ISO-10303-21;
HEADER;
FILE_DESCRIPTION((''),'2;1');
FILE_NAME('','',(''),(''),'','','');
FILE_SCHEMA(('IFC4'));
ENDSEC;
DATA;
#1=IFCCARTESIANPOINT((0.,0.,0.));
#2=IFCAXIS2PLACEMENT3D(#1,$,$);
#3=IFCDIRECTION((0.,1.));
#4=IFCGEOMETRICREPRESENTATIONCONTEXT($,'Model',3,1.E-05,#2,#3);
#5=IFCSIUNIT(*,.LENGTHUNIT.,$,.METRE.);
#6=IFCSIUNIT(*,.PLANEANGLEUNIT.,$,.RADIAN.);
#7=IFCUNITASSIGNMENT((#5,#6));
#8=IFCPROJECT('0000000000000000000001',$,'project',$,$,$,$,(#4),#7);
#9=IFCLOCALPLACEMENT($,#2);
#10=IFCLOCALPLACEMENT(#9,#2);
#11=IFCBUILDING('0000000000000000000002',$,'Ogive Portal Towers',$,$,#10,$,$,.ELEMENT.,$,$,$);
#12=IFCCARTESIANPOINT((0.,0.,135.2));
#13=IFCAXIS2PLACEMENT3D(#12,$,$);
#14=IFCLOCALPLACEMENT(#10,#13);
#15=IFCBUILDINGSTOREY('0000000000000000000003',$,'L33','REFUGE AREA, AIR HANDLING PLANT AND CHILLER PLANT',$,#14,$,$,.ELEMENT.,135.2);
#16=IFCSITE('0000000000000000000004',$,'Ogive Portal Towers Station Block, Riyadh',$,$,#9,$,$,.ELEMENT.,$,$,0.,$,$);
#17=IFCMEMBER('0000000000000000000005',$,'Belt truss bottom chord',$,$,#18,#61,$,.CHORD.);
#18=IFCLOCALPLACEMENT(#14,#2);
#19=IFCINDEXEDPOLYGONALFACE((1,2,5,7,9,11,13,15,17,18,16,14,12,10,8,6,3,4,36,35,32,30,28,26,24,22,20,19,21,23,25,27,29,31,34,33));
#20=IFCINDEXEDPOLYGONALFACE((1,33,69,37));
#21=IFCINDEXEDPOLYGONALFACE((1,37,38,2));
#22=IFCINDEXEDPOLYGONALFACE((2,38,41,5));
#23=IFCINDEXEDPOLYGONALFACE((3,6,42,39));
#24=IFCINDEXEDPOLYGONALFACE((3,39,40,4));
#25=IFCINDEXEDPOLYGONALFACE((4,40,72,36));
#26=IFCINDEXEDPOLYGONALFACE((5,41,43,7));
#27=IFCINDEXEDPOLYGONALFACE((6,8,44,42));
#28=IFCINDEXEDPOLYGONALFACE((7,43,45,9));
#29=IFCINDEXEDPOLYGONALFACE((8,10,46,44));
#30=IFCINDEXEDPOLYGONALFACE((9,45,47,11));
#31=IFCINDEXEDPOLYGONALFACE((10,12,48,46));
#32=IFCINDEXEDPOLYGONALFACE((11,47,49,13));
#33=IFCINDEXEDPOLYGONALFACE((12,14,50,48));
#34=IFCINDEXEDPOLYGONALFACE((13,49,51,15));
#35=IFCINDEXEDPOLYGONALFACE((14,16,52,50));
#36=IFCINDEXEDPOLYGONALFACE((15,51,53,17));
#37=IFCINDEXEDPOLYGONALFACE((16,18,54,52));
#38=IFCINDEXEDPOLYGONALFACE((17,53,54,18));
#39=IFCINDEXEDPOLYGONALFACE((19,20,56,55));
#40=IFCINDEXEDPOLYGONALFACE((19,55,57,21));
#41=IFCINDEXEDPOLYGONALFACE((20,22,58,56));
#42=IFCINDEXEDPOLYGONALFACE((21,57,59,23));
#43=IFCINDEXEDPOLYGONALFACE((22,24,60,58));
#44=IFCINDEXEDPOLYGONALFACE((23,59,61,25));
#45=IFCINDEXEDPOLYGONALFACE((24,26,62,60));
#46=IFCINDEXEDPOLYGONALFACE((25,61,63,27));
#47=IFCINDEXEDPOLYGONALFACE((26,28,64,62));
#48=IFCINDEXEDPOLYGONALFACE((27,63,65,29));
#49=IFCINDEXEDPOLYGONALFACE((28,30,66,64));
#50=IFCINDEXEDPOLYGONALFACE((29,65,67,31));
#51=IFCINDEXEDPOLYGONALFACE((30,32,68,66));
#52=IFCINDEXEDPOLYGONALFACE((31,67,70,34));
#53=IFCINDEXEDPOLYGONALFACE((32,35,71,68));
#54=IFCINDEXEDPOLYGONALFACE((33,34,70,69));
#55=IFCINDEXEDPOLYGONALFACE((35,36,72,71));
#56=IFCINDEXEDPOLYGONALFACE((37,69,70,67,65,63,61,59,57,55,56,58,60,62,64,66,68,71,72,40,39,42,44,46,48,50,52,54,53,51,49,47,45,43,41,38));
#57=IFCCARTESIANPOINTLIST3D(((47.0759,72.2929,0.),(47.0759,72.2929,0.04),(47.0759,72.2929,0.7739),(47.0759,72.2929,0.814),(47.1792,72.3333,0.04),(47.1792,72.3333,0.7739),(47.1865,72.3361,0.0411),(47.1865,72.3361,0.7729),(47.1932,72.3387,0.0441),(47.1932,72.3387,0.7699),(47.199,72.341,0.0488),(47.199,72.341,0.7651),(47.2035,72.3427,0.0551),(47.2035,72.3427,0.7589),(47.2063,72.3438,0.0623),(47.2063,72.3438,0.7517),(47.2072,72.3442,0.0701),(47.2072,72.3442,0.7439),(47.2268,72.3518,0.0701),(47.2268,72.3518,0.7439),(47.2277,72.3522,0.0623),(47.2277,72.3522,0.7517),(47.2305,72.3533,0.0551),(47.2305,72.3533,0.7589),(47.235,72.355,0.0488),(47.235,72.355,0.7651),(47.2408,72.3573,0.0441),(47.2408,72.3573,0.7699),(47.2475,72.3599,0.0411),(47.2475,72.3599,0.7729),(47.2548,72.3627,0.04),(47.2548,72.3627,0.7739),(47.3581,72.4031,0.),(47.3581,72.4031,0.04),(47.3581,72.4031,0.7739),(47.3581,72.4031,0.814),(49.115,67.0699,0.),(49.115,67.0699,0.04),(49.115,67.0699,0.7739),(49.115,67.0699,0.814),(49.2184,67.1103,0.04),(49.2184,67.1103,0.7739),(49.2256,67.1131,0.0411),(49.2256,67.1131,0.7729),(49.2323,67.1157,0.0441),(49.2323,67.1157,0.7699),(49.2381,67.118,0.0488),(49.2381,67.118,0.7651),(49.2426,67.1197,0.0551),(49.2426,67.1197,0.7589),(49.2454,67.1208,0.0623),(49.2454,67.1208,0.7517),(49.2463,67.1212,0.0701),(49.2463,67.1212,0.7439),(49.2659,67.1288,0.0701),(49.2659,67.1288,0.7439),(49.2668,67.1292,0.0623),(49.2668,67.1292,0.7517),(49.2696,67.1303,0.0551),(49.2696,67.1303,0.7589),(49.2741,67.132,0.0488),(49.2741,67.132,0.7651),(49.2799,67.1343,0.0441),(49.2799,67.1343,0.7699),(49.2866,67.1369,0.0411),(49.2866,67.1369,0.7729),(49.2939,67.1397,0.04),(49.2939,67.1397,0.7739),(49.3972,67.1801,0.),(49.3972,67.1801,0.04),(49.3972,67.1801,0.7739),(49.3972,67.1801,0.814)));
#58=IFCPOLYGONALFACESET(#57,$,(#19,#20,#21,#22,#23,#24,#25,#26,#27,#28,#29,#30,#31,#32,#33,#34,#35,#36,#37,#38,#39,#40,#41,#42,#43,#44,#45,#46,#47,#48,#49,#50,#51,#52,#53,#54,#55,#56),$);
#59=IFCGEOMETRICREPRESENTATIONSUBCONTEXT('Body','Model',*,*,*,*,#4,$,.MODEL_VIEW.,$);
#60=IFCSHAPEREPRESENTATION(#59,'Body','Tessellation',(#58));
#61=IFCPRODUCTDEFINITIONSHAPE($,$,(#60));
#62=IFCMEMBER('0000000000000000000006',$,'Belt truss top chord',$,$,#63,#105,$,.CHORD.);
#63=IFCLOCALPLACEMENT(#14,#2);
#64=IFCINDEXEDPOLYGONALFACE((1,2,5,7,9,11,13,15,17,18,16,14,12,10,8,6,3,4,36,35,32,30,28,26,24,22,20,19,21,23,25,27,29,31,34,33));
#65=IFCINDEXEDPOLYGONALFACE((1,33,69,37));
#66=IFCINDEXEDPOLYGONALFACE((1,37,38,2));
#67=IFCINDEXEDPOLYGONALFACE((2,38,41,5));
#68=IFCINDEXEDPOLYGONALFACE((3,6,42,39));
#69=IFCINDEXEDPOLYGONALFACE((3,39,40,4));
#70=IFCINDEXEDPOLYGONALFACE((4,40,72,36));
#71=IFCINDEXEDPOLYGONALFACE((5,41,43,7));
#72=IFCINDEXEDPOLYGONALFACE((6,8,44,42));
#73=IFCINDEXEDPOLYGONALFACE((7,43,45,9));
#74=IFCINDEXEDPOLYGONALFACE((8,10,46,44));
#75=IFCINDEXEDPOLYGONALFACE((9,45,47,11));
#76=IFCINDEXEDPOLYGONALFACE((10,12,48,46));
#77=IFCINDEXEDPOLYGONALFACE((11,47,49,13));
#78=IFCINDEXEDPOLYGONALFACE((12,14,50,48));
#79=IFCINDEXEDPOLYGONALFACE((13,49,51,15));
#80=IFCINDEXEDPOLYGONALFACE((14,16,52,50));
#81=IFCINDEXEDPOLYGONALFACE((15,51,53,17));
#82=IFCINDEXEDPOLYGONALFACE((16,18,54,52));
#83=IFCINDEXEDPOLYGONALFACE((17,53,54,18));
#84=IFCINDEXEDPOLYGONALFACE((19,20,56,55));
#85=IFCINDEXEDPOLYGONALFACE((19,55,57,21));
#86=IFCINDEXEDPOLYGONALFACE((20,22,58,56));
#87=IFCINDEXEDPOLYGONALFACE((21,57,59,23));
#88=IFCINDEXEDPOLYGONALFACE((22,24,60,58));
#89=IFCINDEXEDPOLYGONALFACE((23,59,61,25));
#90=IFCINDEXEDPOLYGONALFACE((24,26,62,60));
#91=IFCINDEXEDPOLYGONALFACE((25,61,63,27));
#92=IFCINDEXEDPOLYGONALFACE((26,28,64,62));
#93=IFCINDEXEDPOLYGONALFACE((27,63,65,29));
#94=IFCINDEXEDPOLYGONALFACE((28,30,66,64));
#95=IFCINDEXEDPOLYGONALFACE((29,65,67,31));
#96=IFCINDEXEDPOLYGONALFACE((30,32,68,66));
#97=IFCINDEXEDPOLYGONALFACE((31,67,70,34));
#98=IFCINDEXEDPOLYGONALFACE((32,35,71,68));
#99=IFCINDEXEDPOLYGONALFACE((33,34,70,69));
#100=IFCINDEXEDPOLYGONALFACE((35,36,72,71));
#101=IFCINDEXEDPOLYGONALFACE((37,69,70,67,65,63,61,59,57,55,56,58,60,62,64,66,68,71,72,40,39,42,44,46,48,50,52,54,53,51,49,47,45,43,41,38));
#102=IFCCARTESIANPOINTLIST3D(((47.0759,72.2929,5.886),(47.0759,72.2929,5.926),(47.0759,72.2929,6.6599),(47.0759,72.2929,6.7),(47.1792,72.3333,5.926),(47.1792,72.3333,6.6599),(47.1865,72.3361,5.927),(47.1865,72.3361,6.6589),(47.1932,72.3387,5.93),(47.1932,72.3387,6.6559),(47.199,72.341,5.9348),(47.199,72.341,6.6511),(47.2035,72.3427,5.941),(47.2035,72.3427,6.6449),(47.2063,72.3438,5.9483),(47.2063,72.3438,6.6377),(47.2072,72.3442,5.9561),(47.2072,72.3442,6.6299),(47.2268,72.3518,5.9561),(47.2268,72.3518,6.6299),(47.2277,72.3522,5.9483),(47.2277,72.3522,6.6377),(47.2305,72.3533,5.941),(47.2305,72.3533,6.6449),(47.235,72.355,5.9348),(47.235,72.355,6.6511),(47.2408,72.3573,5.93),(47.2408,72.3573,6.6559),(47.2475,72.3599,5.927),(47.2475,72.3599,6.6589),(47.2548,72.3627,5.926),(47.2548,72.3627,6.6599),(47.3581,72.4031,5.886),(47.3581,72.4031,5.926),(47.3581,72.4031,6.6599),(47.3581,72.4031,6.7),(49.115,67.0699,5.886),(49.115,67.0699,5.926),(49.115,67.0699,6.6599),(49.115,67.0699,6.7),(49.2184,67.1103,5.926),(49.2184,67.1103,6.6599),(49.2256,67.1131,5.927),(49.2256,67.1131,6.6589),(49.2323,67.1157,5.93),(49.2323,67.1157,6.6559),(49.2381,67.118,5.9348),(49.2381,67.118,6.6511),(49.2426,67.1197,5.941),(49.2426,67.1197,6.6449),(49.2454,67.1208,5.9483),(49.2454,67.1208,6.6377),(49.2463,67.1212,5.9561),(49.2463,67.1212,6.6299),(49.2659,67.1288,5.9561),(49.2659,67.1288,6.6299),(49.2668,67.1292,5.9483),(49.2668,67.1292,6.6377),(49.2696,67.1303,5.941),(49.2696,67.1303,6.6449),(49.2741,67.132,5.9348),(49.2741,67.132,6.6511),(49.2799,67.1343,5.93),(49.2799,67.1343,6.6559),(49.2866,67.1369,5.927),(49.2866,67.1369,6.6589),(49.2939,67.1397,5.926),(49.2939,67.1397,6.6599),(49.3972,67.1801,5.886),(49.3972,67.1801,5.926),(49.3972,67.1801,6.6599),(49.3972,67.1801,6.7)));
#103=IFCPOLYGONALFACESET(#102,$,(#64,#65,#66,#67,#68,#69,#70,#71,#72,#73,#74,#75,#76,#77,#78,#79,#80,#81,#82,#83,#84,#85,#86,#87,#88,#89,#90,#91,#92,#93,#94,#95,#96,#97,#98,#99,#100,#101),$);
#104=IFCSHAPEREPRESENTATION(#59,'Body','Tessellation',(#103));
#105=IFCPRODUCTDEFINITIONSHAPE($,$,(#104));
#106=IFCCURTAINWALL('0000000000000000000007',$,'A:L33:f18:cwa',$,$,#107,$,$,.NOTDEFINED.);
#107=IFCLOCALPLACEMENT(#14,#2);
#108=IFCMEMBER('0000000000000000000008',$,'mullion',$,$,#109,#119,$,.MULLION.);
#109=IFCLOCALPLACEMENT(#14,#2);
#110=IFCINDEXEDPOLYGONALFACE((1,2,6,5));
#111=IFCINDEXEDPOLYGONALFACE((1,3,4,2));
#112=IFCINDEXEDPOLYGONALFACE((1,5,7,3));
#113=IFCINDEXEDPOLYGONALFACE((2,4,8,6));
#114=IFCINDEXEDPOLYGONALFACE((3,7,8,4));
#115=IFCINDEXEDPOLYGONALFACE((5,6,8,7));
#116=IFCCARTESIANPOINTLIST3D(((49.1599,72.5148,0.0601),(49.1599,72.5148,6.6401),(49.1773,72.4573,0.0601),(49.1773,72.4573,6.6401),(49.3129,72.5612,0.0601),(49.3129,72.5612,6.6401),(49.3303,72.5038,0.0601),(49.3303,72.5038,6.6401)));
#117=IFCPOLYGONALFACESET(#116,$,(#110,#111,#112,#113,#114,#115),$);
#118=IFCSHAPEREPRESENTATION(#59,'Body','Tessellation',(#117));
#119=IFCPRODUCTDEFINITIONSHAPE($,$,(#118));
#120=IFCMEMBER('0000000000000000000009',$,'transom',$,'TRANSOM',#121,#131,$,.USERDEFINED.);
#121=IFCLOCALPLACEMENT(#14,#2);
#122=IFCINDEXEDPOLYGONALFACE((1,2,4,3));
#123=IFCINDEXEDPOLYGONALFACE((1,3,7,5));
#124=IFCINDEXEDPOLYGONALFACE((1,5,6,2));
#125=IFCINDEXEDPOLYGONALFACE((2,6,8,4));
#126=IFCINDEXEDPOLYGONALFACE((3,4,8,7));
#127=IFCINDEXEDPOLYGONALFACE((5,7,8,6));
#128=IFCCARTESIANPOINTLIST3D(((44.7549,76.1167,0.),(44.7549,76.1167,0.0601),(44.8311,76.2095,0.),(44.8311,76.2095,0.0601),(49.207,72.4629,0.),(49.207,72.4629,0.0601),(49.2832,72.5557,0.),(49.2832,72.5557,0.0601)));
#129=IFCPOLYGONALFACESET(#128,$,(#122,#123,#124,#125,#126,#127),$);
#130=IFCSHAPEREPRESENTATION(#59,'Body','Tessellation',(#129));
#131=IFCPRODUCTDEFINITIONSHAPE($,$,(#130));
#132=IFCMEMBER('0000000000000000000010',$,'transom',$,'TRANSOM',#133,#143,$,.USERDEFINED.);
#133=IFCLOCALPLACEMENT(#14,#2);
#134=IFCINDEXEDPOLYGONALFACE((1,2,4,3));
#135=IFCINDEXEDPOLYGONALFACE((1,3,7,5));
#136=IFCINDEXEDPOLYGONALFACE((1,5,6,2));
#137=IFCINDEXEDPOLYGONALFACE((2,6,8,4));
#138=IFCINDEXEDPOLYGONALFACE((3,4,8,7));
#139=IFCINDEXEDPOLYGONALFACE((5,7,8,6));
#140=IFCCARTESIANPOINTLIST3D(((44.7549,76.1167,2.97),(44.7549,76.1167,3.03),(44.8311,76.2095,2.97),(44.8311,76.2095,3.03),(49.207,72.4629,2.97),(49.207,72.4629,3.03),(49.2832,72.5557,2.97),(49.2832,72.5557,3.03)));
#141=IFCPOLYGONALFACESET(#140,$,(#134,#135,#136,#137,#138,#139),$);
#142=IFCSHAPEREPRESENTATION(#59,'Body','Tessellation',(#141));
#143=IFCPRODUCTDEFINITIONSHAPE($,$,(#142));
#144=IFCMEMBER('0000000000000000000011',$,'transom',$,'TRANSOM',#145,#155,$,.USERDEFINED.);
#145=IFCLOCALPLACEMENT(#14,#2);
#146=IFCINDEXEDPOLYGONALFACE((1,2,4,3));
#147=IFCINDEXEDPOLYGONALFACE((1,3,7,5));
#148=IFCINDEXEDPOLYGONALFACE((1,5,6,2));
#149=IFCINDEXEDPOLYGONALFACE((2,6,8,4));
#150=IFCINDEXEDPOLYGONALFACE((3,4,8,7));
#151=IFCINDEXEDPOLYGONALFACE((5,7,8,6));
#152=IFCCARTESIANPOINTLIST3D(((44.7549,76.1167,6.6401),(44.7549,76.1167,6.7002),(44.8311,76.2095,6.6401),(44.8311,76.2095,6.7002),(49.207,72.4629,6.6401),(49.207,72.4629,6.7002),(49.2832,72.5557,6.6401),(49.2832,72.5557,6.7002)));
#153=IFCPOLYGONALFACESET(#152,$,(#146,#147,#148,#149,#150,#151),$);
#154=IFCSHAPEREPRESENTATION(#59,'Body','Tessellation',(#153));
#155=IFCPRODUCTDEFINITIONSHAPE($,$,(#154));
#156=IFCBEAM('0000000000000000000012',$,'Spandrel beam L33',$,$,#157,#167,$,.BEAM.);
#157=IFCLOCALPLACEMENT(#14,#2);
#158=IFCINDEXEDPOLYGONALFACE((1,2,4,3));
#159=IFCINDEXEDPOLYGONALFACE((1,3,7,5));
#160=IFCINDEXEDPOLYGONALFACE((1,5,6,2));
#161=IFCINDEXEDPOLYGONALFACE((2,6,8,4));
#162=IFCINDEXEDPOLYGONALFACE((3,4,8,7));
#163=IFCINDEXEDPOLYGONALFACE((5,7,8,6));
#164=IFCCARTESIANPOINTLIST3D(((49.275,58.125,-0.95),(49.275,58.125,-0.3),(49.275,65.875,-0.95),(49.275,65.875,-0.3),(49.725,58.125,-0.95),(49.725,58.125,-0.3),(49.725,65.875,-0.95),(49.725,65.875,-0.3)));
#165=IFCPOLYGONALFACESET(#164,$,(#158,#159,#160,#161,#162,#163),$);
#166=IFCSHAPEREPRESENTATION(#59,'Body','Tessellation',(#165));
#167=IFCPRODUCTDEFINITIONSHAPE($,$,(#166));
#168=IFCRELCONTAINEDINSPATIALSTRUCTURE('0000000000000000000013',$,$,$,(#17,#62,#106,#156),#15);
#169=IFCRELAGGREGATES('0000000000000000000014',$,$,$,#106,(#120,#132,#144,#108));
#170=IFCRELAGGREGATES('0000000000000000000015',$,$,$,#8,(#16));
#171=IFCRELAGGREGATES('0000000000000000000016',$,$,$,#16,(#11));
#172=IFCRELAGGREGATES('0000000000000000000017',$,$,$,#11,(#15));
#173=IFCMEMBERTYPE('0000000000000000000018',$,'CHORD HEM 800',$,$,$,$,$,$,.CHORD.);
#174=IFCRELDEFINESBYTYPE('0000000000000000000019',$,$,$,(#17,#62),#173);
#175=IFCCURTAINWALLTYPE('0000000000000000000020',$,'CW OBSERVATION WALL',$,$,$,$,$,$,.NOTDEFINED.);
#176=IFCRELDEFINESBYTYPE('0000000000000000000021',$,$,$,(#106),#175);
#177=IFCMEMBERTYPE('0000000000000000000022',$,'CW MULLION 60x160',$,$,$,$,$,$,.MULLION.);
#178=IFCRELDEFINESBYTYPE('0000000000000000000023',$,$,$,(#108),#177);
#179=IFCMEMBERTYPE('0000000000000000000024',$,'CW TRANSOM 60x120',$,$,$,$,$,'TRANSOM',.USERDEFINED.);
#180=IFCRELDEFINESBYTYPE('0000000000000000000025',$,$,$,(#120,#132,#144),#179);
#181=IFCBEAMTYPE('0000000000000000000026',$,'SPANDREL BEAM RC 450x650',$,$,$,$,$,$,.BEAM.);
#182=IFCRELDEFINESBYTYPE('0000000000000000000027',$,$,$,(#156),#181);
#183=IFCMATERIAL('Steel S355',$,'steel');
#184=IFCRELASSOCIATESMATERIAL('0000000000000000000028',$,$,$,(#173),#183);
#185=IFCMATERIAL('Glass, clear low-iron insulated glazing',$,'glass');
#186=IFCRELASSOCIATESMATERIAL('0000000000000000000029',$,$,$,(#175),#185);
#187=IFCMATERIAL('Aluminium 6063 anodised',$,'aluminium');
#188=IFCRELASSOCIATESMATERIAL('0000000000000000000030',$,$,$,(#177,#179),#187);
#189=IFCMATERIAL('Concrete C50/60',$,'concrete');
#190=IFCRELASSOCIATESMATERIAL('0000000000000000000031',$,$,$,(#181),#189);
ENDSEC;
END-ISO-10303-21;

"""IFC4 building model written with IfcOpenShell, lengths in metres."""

from ifc_helpers import new_model, si_unit, direction, frame, origin, origin_2d, place, context, subcontext, project, spatial, rectangle, i_section, extrude, material, material_profile, profile_set, type_object, element, aggregate, save


model = new_model("IFC4")

# Units and contexts
model_context = context("Model", 3, precision=1e-05, world=origin(), true_north=direction((0.0, 1.0)))
body_context = subcontext(model_context, "Body", "Model", "MODEL_VIEW")
ifc_project = project(units=[si_unit("LENGTHUNIT", "METRE"), si_unit("PLANEANGLEUNIT", "RADIAN")], contexts=[model_context])

# Site, building, storey
site_placement = place(None, origin())
site = spatial("IfcSite", under=ifc_project, at=site_placement, Name="Ogive Portal Towers Station Block, Riyadh", CompositionType="ELEMENT", RefElevation=0.0)
building_placement = place(site_placement, origin())
building = spatial("IfcBuilding", under=site, at=building_placement, Name="Ogive Portal Towers", CompositionType="ELEMENT")
storey_placement = place(building_placement, frame((0.0, 0.0, 135.2)))
storey = spatial("IfcBuildingStorey", under=building, at=storey_placement, Name="L33", Description="REFUGE AREA, AIR HANDLING PLANT AND CHILLER PLANT", CompositionType="ELEMENT", Elevation=135.2)

# Members
ifc_material_1 = material(Name="Steel S355", Category="steel")
ifc_material_profile_1 = material_profile(ifc_material_1, i_section(OverallWidth=0.303, OverallDepth=0.814, WebThickness=0.021, FlangeThickness=0.04, FilletRadius=0.03, at=origin_2d()), Name="HEM 800")
ifc_profile_set_1 = profile_set([ifc_material_profile_1], Name="Steel S355")
member_type_1 = type_object("IfcMemberType", Name="CHORD HEM 800", PredefinedType="CHORD", material=ifc_profile_set_1)
for number, where, z_axis, x_axis, name in (
    (1, (49.2561, 67.125, 0.407), (-0.363675, 0.931526, 0.0), (-0.931526, -0.363675, 0.0), "Belt truss bottom chord"),
    (2, (49.2561, 67.125, 6.293), (-0.363675, 0.931526, 0.0), (-0.931526, -0.363675, 0.0), "Belt truss top chord"),
):
    element("IfcMember", number, at=place(storey_placement, frame(where, z_axis=z_axis, x_axis=x_axis)), inside=storey, type_object=member_type_1, Name=name, PredefinedType="CHORD", context=body_context, shape_type="SweptSolid", body=[
        extrude(i_section(OverallWidth=0.303, OverallDepth=0.814, WebThickness=0.021, FlangeThickness=0.04, FilletRadius=0.03, at=origin_2d()), origin(), (0.0, 0.0, 1.0), 5.6069),
    ])

# Curtain wall, members
ifc_material_2 = material(Name="Glass, clear low-iron insulated glazing", Category="glass")
curtain_wall_type = type_object("IfcCurtainWallType", Name="CW OBSERVATION WALL", PredefinedType="NOTDEFINED", material=ifc_material_2)
curtain_wall_placement = place(storey_placement, origin())
curtain_wall = element("IfcCurtainWall", 3, at=curtain_wall_placement, inside=storey, type_object=curtain_wall_type, Name="A:L33:f18:cwa", PredefinedType="NOTDEFINED")
ifc_material_3 = material(Name="Aluminium 6063 anodised", Category="aluminium")
ifc_material_profile_2 = material_profile(ifc_material_3, rectangle(XDim=0.1599, YDim=0.0601, at=origin_2d()), Name="AL 60x160")
ifc_profile_set_2 = profile_set([ifc_material_profile_2], Name="Aluminium 6063 anodised")
member_type_2 = type_object("IfcMemberType", Name="CW MULLION 60x160", PredefinedType="MULLION", material=ifc_profile_set_2)
member_1_placement = place(storey_placement, frame((49.2451, 72.5093, 0.0601), z_axis=(0.0, 0.0, 1.0), x_axis=(-0.95694, -0.290285, 0.0)))
member_1 = element("IfcMember", 4, at=member_1_placement, type_object=member_type_2, Name="mullion", PredefinedType="MULLION", context=body_context, shape_type="SweptSolid", body=[
    extrude(rectangle(XDim=0.1599, YDim=0.0601, at=origin_2d()), origin(), (0.0, 0.0, 1.0), 6.5801),
])
ifc_material_profile_3 = material_profile(ifc_material_3, rectangle(XDim=0.1201, YDim=0.0601, at=origin_2d()), Name="AL 120x60")
ifc_profile_set_3 = profile_set([ifc_material_profile_3], Name="Aluminium 6063 anodised")
member_type_3 = type_object("IfcMemberType", Name="CW TRANSOM 60x120", ElementType="TRANSOM", PredefinedType="USERDEFINED", material=ifc_profile_set_3)
member_2_placement = place(storey_placement, frame((49.2451, 72.5093, 0.03), z_axis=(-0.773008, 0.634396, 0.0), x_axis=(-0.634396, -0.773008, 0.0)))
member_2 = element("IfcMember", 5, at=member_2_placement, type_object=member_type_3, Name="transom", ObjectType="TRANSOM", PredefinedType="USERDEFINED", context=body_context, shape_type="SweptSolid", body=[
    extrude(rectangle(XDim=0.1201, YDim=0.0601, at=origin_2d()), origin(), (0.0, 0.0, 1.0), 5.7595),
])
member_3_placement = place(storey_placement, frame((49.2451, 72.5093, 3.0), z_axis=(-0.773008, 0.634396, 0.0), x_axis=(-0.634396, -0.773008, 0.0)))
member_3 = element("IfcMember", 6, at=member_3_placement, type_object=member_type_3, Name="transom", ObjectType="TRANSOM", PredefinedType="USERDEFINED", context=body_context, shape_type="SweptSolid", body=[
    extrude(rectangle(XDim=0.1201, YDim=0.0601, at=origin_2d()), origin(), (0.0, 0.0, 1.0), 5.7595),
])
member_4_placement = place(storey_placement, frame((49.2451, 72.5093, 6.6702), z_axis=(-0.773008, 0.634396, 0.0), x_axis=(-0.634396, -0.773008, 0.0)))
member_4 = element("IfcMember", 7, at=member_4_placement, type_object=member_type_3, Name="transom", ObjectType="TRANSOM", PredefinedType="USERDEFINED", context=body_context, shape_type="SweptSolid", body=[
    extrude(rectangle(XDim=0.1201, YDim=0.0601, at=origin_2d()), origin(), (0.0, 0.0, 1.0), 5.7595),
])
aggregate(curtain_wall, [member_2, member_3, member_4, member_1])

# Beam
ifc_material_4 = material(Name="Concrete C50/60", Category="concrete")
ifc_material_profile_4 = material_profile(ifc_material_4, rectangle(XDim=0.45, YDim=0.6499, at=origin_2d()), Name="RC 450x650")
ifc_profile_set_4 = profile_set([ifc_material_profile_4], Name="Concrete C50/60")
beam_type = type_object("IfcBeamType", Name="SPANDREL BEAM RC 450x650", PredefinedType="BEAM", material=ifc_profile_set_4)
beam_placement = place(storey_placement, frame((49.5, 65.875, -0.625), z_axis=(0.0, -1.0, 0.0), x_axis=(1.0, 0.0, 0.0)))
element("IfcBeam", 8, at=beam_placement, inside=storey, type_object=beam_type, Name="Spandrel beam L33", PredefinedType="BEAM", context=body_context, shape_type="SweptSolid", body=[
    extrude(rectangle(XDim=0.45, YDim=0.6499, at=origin_2d()), origin(), (0.0, 0.0, 1.0), 7.75),
])

save(model, "model.ifc")
